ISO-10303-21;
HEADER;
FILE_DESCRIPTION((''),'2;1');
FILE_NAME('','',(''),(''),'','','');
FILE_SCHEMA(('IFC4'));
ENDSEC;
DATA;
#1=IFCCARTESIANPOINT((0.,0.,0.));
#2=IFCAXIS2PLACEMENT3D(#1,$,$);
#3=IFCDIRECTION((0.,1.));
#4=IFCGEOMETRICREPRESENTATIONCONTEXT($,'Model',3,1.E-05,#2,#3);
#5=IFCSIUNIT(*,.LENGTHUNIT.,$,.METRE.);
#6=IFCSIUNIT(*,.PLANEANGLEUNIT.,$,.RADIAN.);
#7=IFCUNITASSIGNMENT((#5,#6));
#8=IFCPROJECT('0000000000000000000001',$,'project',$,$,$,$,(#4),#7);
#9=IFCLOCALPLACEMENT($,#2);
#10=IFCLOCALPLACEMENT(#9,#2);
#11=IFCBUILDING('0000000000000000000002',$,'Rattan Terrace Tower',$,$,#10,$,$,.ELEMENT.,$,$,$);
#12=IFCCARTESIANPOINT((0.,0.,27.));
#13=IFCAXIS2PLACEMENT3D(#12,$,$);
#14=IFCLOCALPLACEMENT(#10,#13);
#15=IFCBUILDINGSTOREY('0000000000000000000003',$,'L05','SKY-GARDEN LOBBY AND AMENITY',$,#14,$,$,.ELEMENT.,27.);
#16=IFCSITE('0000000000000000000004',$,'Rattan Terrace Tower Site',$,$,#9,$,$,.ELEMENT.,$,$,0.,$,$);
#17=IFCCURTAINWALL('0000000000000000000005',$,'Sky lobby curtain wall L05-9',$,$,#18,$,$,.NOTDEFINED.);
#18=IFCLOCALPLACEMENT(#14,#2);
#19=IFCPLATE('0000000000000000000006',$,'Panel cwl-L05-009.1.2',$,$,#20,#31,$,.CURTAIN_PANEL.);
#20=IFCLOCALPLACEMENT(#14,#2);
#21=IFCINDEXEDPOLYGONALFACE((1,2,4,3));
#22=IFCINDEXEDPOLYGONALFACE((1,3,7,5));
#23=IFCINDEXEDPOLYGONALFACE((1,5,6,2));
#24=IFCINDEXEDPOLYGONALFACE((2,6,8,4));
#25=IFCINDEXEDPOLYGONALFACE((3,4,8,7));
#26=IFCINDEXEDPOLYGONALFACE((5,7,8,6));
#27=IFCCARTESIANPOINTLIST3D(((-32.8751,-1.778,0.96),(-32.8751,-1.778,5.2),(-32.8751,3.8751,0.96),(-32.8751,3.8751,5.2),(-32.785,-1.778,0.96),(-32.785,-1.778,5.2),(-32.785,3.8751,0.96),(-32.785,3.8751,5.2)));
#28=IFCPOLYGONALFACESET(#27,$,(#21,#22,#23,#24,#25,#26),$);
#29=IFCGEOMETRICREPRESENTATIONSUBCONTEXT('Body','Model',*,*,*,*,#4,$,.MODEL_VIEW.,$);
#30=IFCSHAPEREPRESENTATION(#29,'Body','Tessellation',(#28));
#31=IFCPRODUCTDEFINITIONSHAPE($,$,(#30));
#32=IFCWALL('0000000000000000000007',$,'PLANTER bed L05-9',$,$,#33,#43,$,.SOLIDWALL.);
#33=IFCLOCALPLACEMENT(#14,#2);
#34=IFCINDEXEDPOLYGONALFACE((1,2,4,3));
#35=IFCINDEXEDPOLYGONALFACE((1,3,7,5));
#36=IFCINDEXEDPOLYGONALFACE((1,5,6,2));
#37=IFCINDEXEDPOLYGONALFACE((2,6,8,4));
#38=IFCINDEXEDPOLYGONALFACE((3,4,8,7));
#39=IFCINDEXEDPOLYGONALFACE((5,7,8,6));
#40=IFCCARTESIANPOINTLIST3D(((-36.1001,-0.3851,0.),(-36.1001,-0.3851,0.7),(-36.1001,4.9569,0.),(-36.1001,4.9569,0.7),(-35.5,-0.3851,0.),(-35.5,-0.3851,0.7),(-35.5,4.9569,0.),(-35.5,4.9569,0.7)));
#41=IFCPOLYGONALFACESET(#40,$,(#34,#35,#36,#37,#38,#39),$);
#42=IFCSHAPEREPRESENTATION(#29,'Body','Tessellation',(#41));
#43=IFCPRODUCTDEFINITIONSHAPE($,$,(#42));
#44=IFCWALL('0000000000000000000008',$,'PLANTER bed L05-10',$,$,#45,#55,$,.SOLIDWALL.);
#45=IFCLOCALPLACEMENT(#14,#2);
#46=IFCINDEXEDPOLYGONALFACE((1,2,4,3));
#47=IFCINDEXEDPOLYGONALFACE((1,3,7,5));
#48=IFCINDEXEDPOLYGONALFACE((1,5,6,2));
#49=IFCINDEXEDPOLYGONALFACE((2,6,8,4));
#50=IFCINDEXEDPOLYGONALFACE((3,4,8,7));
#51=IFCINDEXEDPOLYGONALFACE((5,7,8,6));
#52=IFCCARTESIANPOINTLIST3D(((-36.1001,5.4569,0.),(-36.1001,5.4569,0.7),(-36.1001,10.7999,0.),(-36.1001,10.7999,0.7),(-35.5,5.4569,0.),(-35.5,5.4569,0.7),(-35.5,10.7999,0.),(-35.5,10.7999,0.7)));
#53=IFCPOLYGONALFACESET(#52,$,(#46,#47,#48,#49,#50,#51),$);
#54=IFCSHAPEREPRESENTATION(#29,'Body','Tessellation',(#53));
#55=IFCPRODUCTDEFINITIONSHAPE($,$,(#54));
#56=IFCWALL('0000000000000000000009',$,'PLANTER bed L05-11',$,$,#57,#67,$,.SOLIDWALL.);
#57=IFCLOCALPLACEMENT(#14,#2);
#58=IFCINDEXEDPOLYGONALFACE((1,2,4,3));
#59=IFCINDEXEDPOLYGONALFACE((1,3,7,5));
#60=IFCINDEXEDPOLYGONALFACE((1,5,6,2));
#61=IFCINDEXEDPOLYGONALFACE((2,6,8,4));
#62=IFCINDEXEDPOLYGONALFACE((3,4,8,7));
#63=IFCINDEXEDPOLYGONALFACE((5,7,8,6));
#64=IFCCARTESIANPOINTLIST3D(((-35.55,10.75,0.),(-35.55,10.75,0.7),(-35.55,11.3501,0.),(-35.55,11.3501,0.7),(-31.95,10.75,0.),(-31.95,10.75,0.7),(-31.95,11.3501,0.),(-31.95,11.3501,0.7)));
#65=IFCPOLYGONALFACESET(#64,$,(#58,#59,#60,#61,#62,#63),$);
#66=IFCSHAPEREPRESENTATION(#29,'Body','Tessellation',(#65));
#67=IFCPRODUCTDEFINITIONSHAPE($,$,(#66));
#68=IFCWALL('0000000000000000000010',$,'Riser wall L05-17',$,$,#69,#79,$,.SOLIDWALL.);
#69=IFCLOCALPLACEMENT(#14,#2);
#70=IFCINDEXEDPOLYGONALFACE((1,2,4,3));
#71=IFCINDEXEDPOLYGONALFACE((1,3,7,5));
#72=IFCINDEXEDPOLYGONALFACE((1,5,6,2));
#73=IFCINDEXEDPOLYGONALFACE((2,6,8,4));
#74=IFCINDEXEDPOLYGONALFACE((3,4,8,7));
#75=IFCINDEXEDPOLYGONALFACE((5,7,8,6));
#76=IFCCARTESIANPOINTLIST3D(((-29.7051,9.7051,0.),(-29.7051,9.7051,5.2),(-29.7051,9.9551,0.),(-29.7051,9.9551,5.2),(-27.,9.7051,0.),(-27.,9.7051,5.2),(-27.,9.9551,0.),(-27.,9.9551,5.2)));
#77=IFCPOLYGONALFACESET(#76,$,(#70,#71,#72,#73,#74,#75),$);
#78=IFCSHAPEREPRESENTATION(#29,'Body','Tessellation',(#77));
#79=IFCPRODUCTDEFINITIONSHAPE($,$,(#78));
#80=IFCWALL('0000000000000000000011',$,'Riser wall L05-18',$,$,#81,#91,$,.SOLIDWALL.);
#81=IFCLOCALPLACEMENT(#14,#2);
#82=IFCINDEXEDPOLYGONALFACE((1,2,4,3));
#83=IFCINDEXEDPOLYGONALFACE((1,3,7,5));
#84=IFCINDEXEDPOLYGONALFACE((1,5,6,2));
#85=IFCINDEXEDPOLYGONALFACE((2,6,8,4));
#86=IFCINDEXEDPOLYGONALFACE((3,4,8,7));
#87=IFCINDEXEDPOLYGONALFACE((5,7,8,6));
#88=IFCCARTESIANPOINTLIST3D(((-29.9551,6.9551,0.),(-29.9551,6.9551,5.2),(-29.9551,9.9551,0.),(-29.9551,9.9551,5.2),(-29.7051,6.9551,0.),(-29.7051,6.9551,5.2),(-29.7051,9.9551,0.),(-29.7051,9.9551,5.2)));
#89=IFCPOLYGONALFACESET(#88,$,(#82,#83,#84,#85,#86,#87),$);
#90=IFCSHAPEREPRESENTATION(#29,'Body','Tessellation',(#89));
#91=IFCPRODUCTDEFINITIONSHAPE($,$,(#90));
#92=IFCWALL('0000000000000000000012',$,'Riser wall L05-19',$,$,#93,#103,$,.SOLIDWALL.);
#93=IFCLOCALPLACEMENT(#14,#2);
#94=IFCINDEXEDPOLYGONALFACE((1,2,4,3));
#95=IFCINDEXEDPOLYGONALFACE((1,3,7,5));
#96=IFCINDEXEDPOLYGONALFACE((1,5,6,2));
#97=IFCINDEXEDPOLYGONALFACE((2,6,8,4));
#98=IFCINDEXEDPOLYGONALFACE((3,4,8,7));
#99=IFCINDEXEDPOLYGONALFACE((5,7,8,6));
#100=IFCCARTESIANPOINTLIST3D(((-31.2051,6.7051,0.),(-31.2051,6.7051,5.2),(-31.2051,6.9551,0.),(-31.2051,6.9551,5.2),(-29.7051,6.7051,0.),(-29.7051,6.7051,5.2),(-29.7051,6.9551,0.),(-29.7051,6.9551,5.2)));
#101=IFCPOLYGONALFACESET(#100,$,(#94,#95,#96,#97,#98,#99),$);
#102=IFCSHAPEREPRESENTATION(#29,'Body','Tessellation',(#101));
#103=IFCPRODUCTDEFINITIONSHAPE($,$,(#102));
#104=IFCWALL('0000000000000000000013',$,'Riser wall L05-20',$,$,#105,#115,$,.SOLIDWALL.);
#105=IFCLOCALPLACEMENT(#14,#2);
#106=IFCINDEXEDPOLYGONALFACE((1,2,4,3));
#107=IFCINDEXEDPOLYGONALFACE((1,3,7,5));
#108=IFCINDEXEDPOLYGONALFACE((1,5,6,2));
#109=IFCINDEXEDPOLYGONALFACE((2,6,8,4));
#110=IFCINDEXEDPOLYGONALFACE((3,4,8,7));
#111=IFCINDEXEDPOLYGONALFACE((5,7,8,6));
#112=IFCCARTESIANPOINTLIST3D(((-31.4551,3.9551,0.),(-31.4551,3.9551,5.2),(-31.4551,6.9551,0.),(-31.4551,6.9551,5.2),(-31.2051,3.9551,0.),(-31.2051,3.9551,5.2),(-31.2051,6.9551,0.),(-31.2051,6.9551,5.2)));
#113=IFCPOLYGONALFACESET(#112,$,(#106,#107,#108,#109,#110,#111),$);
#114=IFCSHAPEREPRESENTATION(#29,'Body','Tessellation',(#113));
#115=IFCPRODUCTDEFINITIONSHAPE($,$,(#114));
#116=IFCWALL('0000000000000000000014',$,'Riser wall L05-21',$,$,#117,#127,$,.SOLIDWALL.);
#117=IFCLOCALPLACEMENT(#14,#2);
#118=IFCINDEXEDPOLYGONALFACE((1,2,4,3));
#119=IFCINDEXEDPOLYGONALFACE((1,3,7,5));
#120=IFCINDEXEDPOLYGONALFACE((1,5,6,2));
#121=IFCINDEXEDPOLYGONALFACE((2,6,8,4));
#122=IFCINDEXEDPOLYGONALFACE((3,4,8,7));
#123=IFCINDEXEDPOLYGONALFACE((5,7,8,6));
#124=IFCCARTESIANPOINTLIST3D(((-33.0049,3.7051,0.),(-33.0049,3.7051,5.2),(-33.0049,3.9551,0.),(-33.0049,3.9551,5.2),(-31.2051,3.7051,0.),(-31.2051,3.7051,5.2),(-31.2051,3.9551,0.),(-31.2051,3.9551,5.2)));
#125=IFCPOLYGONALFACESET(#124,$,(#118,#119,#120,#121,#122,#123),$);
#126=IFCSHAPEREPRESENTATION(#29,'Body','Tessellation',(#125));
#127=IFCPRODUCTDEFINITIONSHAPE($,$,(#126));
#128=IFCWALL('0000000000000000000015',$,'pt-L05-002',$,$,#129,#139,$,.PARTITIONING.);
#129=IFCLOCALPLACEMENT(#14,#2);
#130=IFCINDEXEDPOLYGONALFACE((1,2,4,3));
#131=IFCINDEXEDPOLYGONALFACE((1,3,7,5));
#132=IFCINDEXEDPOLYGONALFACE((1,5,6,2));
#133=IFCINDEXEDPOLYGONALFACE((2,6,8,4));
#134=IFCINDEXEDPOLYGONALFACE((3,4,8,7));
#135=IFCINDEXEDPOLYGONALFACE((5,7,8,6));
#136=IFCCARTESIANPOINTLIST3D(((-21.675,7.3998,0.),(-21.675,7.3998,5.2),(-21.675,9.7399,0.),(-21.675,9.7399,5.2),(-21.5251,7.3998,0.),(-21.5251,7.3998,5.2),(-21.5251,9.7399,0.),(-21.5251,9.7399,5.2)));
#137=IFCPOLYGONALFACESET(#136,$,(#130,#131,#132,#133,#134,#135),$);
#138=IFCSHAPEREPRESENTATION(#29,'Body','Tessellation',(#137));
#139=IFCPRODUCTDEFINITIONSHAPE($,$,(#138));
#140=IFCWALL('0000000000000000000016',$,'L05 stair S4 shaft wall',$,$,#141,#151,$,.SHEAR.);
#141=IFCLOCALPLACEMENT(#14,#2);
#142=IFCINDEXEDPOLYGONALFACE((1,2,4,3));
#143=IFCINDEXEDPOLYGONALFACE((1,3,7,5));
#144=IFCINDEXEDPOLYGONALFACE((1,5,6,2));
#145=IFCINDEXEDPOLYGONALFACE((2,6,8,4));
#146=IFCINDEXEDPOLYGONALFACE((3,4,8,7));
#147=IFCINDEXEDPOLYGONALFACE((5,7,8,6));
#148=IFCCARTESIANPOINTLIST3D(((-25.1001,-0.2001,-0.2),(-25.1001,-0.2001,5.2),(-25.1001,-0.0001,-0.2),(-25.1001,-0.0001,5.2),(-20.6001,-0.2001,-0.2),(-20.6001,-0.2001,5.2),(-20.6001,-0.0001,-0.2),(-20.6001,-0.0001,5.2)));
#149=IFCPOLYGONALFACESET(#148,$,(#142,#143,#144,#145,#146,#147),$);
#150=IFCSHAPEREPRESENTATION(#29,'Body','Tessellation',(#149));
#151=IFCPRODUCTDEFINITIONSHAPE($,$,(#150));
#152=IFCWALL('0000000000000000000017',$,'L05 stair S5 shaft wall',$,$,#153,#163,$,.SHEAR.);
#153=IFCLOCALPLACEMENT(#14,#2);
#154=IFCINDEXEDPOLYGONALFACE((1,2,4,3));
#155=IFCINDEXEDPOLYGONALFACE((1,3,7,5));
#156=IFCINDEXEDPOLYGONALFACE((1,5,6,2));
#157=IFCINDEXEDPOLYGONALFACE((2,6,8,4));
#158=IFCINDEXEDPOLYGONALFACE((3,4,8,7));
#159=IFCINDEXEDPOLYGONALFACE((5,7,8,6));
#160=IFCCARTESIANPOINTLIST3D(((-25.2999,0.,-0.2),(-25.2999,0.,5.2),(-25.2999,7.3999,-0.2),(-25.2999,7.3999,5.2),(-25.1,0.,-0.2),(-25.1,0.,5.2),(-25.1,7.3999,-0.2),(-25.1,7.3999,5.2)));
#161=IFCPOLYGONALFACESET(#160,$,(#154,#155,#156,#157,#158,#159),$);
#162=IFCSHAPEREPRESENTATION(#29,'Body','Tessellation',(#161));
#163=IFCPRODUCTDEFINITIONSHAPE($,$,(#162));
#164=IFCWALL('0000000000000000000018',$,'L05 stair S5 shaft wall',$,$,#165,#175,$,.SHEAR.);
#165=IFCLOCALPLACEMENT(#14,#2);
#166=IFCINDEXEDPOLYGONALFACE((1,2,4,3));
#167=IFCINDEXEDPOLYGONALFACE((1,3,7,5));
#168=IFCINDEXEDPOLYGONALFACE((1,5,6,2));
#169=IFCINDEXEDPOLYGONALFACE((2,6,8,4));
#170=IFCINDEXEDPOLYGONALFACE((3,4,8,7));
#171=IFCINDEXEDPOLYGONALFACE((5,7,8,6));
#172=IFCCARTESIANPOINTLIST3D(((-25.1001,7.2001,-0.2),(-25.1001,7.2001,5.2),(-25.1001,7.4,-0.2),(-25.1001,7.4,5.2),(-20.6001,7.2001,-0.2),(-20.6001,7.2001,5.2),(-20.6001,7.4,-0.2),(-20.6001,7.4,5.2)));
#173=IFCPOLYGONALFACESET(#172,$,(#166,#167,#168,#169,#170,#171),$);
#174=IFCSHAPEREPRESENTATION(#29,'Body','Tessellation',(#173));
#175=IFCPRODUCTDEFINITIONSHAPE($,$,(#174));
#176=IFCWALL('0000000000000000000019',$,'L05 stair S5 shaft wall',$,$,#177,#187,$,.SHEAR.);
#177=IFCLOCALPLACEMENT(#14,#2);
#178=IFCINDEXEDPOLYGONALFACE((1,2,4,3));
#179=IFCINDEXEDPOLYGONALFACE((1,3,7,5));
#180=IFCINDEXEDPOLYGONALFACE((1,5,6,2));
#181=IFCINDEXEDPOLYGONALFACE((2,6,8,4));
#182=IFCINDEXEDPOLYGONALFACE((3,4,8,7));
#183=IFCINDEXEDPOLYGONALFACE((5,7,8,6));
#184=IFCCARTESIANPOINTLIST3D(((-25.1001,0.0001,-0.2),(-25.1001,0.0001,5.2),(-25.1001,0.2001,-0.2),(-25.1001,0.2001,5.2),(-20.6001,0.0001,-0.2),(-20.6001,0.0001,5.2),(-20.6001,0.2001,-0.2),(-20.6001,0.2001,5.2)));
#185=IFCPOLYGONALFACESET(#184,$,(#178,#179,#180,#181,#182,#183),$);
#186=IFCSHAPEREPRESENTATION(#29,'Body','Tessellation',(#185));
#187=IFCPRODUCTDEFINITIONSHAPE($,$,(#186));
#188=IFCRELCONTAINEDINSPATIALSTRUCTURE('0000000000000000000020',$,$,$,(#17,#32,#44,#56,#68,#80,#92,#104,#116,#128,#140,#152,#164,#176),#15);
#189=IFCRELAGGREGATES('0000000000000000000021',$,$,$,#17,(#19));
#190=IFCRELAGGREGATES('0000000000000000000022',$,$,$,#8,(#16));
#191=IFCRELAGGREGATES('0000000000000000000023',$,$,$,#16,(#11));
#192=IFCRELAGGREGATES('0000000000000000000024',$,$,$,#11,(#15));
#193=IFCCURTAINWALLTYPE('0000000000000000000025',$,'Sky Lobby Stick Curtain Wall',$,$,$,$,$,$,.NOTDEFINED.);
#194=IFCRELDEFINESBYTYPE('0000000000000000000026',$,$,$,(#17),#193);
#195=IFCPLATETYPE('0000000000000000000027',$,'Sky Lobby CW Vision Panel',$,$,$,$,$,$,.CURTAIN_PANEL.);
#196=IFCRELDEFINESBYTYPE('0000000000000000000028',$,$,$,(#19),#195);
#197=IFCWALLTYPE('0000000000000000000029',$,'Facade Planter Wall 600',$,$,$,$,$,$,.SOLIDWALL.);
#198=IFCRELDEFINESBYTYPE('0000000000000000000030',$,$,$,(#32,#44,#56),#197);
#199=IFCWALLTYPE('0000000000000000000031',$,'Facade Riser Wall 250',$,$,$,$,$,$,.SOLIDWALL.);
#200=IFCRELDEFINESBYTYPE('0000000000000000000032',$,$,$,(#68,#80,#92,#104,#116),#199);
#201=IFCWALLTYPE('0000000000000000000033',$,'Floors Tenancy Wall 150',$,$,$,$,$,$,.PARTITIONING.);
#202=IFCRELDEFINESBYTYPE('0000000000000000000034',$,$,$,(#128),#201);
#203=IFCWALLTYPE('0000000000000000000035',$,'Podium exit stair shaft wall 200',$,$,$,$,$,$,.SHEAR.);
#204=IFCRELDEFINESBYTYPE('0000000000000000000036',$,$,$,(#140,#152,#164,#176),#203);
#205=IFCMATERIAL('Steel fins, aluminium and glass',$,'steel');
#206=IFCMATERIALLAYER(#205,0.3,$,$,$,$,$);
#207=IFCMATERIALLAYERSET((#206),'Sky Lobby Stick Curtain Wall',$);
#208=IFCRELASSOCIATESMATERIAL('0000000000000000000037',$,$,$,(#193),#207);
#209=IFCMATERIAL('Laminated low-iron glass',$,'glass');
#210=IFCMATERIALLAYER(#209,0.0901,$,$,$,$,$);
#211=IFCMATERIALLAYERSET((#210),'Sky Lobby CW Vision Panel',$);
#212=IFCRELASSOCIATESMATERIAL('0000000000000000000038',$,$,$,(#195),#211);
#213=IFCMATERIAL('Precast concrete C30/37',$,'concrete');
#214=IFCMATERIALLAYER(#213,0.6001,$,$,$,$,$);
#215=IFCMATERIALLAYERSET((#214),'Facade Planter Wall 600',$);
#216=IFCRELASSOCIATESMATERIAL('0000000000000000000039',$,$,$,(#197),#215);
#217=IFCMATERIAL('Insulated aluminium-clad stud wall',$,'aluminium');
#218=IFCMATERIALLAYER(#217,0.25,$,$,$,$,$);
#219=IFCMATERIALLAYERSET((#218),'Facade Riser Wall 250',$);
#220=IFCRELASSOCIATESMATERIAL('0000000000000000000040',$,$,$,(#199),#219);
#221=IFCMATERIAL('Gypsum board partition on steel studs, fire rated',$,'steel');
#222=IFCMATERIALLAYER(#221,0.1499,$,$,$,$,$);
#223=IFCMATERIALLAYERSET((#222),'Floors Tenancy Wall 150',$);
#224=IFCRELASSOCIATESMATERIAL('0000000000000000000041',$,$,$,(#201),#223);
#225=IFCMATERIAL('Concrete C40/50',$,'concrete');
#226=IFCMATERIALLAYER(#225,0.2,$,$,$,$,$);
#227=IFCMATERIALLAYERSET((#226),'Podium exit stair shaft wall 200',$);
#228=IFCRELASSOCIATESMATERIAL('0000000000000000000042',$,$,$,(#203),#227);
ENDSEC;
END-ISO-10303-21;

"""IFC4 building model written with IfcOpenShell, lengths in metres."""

from ifc_helpers import new_model, si_unit, direction, frame, frame_2d, origin, origin_2d, place, context, subcontext, project, spatial, rectangle, extrude, material, layer, layer_set, type_object, element, aggregate, save


model = new_model("IFC4")

# Units and contexts
model_context = context("Model", 3, precision=1e-05, world=origin(), true_north=direction((0.0, 1.0)))
body_context = subcontext(model_context, "Body", "Model", "MODEL_VIEW")
ifc_project = project(units=[si_unit("LENGTHUNIT", "METRE"), si_unit("PLANEANGLEUNIT", "RADIAN")], contexts=[model_context])

# Site, building, storey
site_placement = place(None, origin())
site = spatial("IfcSite", under=ifc_project, at=site_placement, Name="Rattan Terrace Tower Site", CompositionType="ELEMENT", RefElevation=0.0)
building_placement = place(site_placement, origin())
building = spatial("IfcBuilding", under=site, at=building_placement, Name="Rattan Terrace Tower", CompositionType="ELEMENT")
storey_placement = place(building_placement, frame((0.0, 0.0, 27.0)))
storey = spatial("IfcBuildingStorey", under=building, at=storey_placement, Name="L05", Description="SKY-GARDEN LOBBY AND AMENITY", CompositionType="ELEMENT", Elevation=27.0)

# Curtain wall
ifc_material_1 = material(Name="Steel fins, aluminium and glass", Category="steel")
ifc_layer_1 = layer(ifc_material_1, 0.3)
ifc_layer_set_1 = layer_set([ifc_layer_1], Name="Sky Lobby Stick Curtain Wall")
curtain_wall_type = type_object("IfcCurtainWallType", Name="Sky Lobby Stick Curtain Wall", PredefinedType="NOTDEFINED", material=ifc_layer_set_1)
curtain_wall_1_placement = place(storey_placement, origin())
curtain_wall_1 = element("IfcCurtainWall", 1, at=curtain_wall_1_placement, inside=storey, type_object=curtain_wall_type, Name="Sky lobby curtain wall L05-9", PredefinedType="NOTDEFINED")

# Plate
ifc_material_2 = material(Name="Laminated low-iron glass", Category="glass")
ifc_layer_2 = layer(ifc_material_2, 0.0901)
ifc_layer_set_2 = layer_set([ifc_layer_2], Name="Sky Lobby CW Vision Panel")
plate_type_1 = type_object("IfcPlateType", Name="Sky Lobby CW Vision Panel", PredefinedType="CURTAIN_PANEL", material=ifc_layer_set_2)
plate_1_placement = place(storey_placement, frame((-32.8301, 1.0486, 0.96), z_axis=(0.0, 0.0, 1.0), x_axis=(0.0, -1.0, 0.0)))
plate_1 = element("IfcPlate", 2, at=plate_1_placement, type_object=plate_type_1, Name="Panel cwl-L05-009.1.2", PredefinedType="CURTAIN_PANEL", context=body_context, shape_type="SweptSolid", body=[
    extrude(rectangle(XDim=5.6531, YDim=0.0901, at=origin_2d()), origin(), (0.0, 0.0, 1.0), 4.24),
])
aggregate(curtain_wall_1, [plate_1])

# Walls
ifc_material_3 = material(Name="Precast concrete C30/37", Category="concrete")
ifc_layer_3 = layer(ifc_material_3, 0.6001)
ifc_layer_set_3 = layer_set([ifc_layer_3], Name="Facade Planter Wall 600")
wall_type_1 = type_object("IfcWallType", Name="Facade Planter Wall 600", PredefinedType="SOLIDWALL", material=ifc_layer_set_3)
wall_1_placement = place(storey_placement, frame((-35.8, -0.385, 0.0), z_axis=(0.0, 0.0, 1.0), x_axis=(0.0, 1.0, 0.0)))
element("IfcWall", 3, at=wall_1_placement, inside=storey, type_object=wall_type_1, Name="PLANTER bed L05-9", PredefinedType="SOLIDWALL", context=body_context, shape_type="SweptSolid", body=[
    extrude(rectangle(XDim=5.342, YDim=0.6001, at=frame_2d((2.6709, 0.0))), origin(), (0.0, 0.0, 1.0), 0.7),
])
wall_2_placement = place(storey_placement, frame((-35.8, 5.457, 0.0), z_axis=(0.0, 0.0, 1.0), x_axis=(0.0, 1.0, 0.0)))
element("IfcWall", 4, at=wall_2_placement, inside=storey, type_object=wall_type_1, Name="PLANTER bed L05-10", PredefinedType="SOLIDWALL", context=body_context, shape_type="SweptSolid", body=[
    extrude(rectangle(XDim=5.343, YDim=0.6001, at=frame_2d((2.6714, 0.0))), origin(), (0.0, 0.0, 1.0), 0.7),
])
wall_3_placement = place(storey_placement, frame((-35.55, 11.05, 0.0), z_axis=(0.0, 0.0, 1.0), x_axis=(1.0, 0.0, 0.0)))
element("IfcWall", 5, at=wall_3_placement, inside=storey, type_object=wall_type_1, Name="PLANTER bed L05-11", PredefinedType="SOLIDWALL", context=body_context, shape_type="SweptSolid", body=[
    extrude(rectangle(XDim=3.6001, YDim=0.6001, at=frame_2d((1.8, 0.0))), origin(), (0.0, 0.0, 1.0), 0.7),
])
ifc_material_4 = material(Name="Insulated aluminium-clad stud wall", Category="aluminium")
ifc_layer_4 = layer(ifc_material_4, 0.25)
ifc_layer_set_4 = layer_set([ifc_layer_4], Name="Facade Riser Wall 250")
wall_type_2 = type_object("IfcWallType", Name="Facade Riser Wall 250", PredefinedType="SOLIDWALL", material=ifc_layer_set_4)
wall_4_placement = place(storey_placement, frame((-27.0, 9.8301, 0.0), z_axis=(0.0, 0.0, 1.0), x_axis=(-1.0, 0.0, 0.0)))
element("IfcWall", 6, at=wall_4_placement, inside=storey, type_object=wall_type_2, Name="Riser wall L05-17", PredefinedType="SOLIDWALL", context=body_context, shape_type="SweptSolid", body=[
    extrude(rectangle(XDim=2.7051, YDim=0.25, at=frame_2d((1.3525, 0.0))), origin(), (0.0, 0.0, 1.0), 5.2),
])
wall_5_placement = place(storey_placement, frame((-29.8301, 9.9551, 0.0), z_axis=(0.0, 0.0, 1.0), x_axis=(0.0, -1.0, 0.0)))
element("IfcWall", 7, at=wall_5_placement, inside=storey, type_object=wall_type_2, Name="Riser wall L05-18", PredefinedType="SOLIDWALL", context=body_context, shape_type="SweptSolid", body=[
    extrude(rectangle(XDim=3.0, YDim=0.25, at=frame_2d((1.5, 0.0))), origin(), (0.0, 0.0, 1.0), 5.2),
])
wall_6_placement = place(storey_placement, frame((-29.7051, 6.8301, 0.0), z_axis=(0.0, 0.0, 1.0), x_axis=(-1.0, 0.0, 0.0)))
element("IfcWall", 8, at=wall_6_placement, inside=storey, type_object=wall_type_2, Name="Riser wall L05-19", PredefinedType="SOLIDWALL", context=body_context, shape_type="SweptSolid", body=[
    extrude(rectangle(XDim=1.5, YDim=0.25, at=frame_2d((0.75, 0.0))), origin(), (0.0, 0.0, 1.0), 5.2),
])
wall_7_placement = place(storey_placement, frame((-31.3301, 6.9551, 0.0), z_axis=(0.0, 0.0, 1.0), x_axis=(0.0, -1.0, 0.0)))
element("IfcWall", 9, at=wall_7_placement, inside=storey, type_object=wall_type_2, Name="Riser wall L05-20", PredefinedType="SOLIDWALL", context=body_context, shape_type="SweptSolid", body=[
    extrude(rectangle(XDim=3.0, YDim=0.25, at=frame_2d((1.5, 0.0))), origin(), (0.0, 0.0, 1.0), 5.2),
])
wall_8_placement = place(storey_placement, frame((-31.2051, 3.8301, 0.0), z_axis=(0.0, 0.0, 1.0), x_axis=(-1.0, 0.0, 0.0)))
element("IfcWall", 10, at=wall_8_placement, inside=storey, type_object=wall_type_2, Name="Riser wall L05-21", PredefinedType="SOLIDWALL", context=body_context, shape_type="SweptSolid", body=[
    extrude(rectangle(XDim=1.7998, YDim=0.25, at=frame_2d((0.8999, 0.0))), origin(), (0.0, 0.0, 1.0), 5.2),
])
ifc_material_5 = material(Name="Gypsum board partition on steel studs, fire rated", Category="steel")
ifc_layer_5 = layer(ifc_material_5, 0.1499)
ifc_layer_set_5 = layer_set([ifc_layer_5], Name="Floors Tenancy Wall 150")
wall_type_3 = type_object("IfcWallType", Name="Floors Tenancy Wall 150", PredefinedType="PARTITIONING", material=ifc_layer_set_5)
wall_9_placement = place(storey_placement, frame((-21.6001, 7.3999, 0.0), z_axis=(0.0, 0.0, 1.0), x_axis=(0.0, 1.0, 0.0)))
element("IfcWall", 11, at=wall_9_placement, inside=storey, type_object=wall_type_3, Name="pt-L05-002", PredefinedType="PARTITIONING", context=body_context, shape_type="SweptSolid", body=[
    extrude(rectangle(XDim=2.3401, YDim=0.1499, at=frame_2d((1.1699, 0.0))), origin(), (0.0, 0.0, 1.0), 5.2),
])
ifc_material_6 = material(Name="Concrete C40/50", Category="concrete")
ifc_layer_6 = layer(ifc_material_6, 0.2)
ifc_layer_set_6 = layer_set([ifc_layer_6], Name="Podium exit stair shaft wall 200")
wall_type_4 = type_object("IfcWallType", Name="Podium exit stair shaft wall 200", PredefinedType="SHEAR", material=ifc_layer_set_6)
wall_10_placement = place(storey_placement, frame((-25.1001, -0.1001, -0.2), z_axis=(0.0, 0.0, 1.0), x_axis=(1.0, 0.0, 0.0)))
element("IfcWall", 12, at=wall_10_placement, inside=storey, type_object=wall_type_4, Name="L05 stair S4 shaft wall", PredefinedType="SHEAR", context=body_context, shape_type="SweptSolid", body=[
    extrude(rectangle(XDim=4.5, YDim=0.2, at=frame_2d((2.25, 0.0))), origin(), (0.0, 0.0, 1.0), 5.3999),
])
wall_11_placement = place(storey_placement, frame((-25.2, 0.0, -0.2), z_axis=(0.0, 0.0, 1.0), x_axis=(0.0, 1.0, 0.0)))
element("IfcWall", 13, at=wall_11_placement, inside=storey, type_object=wall_type_4, Name="L05 stair S5 shaft wall", PredefinedType="SHEAR", context=body_context, shape_type="SweptSolid", body=[
    extrude(rectangle(XDim=7.3999, YDim=0.2, at=frame_2d((3.7, 0.0))), origin(), (0.0, 0.0, 1.0), 5.3999),
])
for number, where, z_axis, x_axis, name in (
    (14, (-25.1001, 7.3, -0.2), (0.0, 0.0, 1.0), (1.0, 0.0, 0.0), "L05 stair S5 shaft wall"),
    (15, (-25.1001, 0.1001, -0.2), (0.0, 0.0, 1.0), (1.0, 0.0, 0.0), "L05 stair S5 shaft wall"),
):
    element("IfcWall", number, at=place(storey_placement, frame(where, z_axis=z_axis, x_axis=x_axis)), inside=storey, type_object=wall_type_4, Name=name, PredefinedType="SHEAR", context=body_context, shape_type="SweptSolid", body=[
        extrude(rectangle(XDim=4.5, YDim=0.2, at=frame_2d((2.25, 0.0))), origin(), (0.0, 0.0, 1.0), 5.3999),
    ])

save(model, "model.ifc")
